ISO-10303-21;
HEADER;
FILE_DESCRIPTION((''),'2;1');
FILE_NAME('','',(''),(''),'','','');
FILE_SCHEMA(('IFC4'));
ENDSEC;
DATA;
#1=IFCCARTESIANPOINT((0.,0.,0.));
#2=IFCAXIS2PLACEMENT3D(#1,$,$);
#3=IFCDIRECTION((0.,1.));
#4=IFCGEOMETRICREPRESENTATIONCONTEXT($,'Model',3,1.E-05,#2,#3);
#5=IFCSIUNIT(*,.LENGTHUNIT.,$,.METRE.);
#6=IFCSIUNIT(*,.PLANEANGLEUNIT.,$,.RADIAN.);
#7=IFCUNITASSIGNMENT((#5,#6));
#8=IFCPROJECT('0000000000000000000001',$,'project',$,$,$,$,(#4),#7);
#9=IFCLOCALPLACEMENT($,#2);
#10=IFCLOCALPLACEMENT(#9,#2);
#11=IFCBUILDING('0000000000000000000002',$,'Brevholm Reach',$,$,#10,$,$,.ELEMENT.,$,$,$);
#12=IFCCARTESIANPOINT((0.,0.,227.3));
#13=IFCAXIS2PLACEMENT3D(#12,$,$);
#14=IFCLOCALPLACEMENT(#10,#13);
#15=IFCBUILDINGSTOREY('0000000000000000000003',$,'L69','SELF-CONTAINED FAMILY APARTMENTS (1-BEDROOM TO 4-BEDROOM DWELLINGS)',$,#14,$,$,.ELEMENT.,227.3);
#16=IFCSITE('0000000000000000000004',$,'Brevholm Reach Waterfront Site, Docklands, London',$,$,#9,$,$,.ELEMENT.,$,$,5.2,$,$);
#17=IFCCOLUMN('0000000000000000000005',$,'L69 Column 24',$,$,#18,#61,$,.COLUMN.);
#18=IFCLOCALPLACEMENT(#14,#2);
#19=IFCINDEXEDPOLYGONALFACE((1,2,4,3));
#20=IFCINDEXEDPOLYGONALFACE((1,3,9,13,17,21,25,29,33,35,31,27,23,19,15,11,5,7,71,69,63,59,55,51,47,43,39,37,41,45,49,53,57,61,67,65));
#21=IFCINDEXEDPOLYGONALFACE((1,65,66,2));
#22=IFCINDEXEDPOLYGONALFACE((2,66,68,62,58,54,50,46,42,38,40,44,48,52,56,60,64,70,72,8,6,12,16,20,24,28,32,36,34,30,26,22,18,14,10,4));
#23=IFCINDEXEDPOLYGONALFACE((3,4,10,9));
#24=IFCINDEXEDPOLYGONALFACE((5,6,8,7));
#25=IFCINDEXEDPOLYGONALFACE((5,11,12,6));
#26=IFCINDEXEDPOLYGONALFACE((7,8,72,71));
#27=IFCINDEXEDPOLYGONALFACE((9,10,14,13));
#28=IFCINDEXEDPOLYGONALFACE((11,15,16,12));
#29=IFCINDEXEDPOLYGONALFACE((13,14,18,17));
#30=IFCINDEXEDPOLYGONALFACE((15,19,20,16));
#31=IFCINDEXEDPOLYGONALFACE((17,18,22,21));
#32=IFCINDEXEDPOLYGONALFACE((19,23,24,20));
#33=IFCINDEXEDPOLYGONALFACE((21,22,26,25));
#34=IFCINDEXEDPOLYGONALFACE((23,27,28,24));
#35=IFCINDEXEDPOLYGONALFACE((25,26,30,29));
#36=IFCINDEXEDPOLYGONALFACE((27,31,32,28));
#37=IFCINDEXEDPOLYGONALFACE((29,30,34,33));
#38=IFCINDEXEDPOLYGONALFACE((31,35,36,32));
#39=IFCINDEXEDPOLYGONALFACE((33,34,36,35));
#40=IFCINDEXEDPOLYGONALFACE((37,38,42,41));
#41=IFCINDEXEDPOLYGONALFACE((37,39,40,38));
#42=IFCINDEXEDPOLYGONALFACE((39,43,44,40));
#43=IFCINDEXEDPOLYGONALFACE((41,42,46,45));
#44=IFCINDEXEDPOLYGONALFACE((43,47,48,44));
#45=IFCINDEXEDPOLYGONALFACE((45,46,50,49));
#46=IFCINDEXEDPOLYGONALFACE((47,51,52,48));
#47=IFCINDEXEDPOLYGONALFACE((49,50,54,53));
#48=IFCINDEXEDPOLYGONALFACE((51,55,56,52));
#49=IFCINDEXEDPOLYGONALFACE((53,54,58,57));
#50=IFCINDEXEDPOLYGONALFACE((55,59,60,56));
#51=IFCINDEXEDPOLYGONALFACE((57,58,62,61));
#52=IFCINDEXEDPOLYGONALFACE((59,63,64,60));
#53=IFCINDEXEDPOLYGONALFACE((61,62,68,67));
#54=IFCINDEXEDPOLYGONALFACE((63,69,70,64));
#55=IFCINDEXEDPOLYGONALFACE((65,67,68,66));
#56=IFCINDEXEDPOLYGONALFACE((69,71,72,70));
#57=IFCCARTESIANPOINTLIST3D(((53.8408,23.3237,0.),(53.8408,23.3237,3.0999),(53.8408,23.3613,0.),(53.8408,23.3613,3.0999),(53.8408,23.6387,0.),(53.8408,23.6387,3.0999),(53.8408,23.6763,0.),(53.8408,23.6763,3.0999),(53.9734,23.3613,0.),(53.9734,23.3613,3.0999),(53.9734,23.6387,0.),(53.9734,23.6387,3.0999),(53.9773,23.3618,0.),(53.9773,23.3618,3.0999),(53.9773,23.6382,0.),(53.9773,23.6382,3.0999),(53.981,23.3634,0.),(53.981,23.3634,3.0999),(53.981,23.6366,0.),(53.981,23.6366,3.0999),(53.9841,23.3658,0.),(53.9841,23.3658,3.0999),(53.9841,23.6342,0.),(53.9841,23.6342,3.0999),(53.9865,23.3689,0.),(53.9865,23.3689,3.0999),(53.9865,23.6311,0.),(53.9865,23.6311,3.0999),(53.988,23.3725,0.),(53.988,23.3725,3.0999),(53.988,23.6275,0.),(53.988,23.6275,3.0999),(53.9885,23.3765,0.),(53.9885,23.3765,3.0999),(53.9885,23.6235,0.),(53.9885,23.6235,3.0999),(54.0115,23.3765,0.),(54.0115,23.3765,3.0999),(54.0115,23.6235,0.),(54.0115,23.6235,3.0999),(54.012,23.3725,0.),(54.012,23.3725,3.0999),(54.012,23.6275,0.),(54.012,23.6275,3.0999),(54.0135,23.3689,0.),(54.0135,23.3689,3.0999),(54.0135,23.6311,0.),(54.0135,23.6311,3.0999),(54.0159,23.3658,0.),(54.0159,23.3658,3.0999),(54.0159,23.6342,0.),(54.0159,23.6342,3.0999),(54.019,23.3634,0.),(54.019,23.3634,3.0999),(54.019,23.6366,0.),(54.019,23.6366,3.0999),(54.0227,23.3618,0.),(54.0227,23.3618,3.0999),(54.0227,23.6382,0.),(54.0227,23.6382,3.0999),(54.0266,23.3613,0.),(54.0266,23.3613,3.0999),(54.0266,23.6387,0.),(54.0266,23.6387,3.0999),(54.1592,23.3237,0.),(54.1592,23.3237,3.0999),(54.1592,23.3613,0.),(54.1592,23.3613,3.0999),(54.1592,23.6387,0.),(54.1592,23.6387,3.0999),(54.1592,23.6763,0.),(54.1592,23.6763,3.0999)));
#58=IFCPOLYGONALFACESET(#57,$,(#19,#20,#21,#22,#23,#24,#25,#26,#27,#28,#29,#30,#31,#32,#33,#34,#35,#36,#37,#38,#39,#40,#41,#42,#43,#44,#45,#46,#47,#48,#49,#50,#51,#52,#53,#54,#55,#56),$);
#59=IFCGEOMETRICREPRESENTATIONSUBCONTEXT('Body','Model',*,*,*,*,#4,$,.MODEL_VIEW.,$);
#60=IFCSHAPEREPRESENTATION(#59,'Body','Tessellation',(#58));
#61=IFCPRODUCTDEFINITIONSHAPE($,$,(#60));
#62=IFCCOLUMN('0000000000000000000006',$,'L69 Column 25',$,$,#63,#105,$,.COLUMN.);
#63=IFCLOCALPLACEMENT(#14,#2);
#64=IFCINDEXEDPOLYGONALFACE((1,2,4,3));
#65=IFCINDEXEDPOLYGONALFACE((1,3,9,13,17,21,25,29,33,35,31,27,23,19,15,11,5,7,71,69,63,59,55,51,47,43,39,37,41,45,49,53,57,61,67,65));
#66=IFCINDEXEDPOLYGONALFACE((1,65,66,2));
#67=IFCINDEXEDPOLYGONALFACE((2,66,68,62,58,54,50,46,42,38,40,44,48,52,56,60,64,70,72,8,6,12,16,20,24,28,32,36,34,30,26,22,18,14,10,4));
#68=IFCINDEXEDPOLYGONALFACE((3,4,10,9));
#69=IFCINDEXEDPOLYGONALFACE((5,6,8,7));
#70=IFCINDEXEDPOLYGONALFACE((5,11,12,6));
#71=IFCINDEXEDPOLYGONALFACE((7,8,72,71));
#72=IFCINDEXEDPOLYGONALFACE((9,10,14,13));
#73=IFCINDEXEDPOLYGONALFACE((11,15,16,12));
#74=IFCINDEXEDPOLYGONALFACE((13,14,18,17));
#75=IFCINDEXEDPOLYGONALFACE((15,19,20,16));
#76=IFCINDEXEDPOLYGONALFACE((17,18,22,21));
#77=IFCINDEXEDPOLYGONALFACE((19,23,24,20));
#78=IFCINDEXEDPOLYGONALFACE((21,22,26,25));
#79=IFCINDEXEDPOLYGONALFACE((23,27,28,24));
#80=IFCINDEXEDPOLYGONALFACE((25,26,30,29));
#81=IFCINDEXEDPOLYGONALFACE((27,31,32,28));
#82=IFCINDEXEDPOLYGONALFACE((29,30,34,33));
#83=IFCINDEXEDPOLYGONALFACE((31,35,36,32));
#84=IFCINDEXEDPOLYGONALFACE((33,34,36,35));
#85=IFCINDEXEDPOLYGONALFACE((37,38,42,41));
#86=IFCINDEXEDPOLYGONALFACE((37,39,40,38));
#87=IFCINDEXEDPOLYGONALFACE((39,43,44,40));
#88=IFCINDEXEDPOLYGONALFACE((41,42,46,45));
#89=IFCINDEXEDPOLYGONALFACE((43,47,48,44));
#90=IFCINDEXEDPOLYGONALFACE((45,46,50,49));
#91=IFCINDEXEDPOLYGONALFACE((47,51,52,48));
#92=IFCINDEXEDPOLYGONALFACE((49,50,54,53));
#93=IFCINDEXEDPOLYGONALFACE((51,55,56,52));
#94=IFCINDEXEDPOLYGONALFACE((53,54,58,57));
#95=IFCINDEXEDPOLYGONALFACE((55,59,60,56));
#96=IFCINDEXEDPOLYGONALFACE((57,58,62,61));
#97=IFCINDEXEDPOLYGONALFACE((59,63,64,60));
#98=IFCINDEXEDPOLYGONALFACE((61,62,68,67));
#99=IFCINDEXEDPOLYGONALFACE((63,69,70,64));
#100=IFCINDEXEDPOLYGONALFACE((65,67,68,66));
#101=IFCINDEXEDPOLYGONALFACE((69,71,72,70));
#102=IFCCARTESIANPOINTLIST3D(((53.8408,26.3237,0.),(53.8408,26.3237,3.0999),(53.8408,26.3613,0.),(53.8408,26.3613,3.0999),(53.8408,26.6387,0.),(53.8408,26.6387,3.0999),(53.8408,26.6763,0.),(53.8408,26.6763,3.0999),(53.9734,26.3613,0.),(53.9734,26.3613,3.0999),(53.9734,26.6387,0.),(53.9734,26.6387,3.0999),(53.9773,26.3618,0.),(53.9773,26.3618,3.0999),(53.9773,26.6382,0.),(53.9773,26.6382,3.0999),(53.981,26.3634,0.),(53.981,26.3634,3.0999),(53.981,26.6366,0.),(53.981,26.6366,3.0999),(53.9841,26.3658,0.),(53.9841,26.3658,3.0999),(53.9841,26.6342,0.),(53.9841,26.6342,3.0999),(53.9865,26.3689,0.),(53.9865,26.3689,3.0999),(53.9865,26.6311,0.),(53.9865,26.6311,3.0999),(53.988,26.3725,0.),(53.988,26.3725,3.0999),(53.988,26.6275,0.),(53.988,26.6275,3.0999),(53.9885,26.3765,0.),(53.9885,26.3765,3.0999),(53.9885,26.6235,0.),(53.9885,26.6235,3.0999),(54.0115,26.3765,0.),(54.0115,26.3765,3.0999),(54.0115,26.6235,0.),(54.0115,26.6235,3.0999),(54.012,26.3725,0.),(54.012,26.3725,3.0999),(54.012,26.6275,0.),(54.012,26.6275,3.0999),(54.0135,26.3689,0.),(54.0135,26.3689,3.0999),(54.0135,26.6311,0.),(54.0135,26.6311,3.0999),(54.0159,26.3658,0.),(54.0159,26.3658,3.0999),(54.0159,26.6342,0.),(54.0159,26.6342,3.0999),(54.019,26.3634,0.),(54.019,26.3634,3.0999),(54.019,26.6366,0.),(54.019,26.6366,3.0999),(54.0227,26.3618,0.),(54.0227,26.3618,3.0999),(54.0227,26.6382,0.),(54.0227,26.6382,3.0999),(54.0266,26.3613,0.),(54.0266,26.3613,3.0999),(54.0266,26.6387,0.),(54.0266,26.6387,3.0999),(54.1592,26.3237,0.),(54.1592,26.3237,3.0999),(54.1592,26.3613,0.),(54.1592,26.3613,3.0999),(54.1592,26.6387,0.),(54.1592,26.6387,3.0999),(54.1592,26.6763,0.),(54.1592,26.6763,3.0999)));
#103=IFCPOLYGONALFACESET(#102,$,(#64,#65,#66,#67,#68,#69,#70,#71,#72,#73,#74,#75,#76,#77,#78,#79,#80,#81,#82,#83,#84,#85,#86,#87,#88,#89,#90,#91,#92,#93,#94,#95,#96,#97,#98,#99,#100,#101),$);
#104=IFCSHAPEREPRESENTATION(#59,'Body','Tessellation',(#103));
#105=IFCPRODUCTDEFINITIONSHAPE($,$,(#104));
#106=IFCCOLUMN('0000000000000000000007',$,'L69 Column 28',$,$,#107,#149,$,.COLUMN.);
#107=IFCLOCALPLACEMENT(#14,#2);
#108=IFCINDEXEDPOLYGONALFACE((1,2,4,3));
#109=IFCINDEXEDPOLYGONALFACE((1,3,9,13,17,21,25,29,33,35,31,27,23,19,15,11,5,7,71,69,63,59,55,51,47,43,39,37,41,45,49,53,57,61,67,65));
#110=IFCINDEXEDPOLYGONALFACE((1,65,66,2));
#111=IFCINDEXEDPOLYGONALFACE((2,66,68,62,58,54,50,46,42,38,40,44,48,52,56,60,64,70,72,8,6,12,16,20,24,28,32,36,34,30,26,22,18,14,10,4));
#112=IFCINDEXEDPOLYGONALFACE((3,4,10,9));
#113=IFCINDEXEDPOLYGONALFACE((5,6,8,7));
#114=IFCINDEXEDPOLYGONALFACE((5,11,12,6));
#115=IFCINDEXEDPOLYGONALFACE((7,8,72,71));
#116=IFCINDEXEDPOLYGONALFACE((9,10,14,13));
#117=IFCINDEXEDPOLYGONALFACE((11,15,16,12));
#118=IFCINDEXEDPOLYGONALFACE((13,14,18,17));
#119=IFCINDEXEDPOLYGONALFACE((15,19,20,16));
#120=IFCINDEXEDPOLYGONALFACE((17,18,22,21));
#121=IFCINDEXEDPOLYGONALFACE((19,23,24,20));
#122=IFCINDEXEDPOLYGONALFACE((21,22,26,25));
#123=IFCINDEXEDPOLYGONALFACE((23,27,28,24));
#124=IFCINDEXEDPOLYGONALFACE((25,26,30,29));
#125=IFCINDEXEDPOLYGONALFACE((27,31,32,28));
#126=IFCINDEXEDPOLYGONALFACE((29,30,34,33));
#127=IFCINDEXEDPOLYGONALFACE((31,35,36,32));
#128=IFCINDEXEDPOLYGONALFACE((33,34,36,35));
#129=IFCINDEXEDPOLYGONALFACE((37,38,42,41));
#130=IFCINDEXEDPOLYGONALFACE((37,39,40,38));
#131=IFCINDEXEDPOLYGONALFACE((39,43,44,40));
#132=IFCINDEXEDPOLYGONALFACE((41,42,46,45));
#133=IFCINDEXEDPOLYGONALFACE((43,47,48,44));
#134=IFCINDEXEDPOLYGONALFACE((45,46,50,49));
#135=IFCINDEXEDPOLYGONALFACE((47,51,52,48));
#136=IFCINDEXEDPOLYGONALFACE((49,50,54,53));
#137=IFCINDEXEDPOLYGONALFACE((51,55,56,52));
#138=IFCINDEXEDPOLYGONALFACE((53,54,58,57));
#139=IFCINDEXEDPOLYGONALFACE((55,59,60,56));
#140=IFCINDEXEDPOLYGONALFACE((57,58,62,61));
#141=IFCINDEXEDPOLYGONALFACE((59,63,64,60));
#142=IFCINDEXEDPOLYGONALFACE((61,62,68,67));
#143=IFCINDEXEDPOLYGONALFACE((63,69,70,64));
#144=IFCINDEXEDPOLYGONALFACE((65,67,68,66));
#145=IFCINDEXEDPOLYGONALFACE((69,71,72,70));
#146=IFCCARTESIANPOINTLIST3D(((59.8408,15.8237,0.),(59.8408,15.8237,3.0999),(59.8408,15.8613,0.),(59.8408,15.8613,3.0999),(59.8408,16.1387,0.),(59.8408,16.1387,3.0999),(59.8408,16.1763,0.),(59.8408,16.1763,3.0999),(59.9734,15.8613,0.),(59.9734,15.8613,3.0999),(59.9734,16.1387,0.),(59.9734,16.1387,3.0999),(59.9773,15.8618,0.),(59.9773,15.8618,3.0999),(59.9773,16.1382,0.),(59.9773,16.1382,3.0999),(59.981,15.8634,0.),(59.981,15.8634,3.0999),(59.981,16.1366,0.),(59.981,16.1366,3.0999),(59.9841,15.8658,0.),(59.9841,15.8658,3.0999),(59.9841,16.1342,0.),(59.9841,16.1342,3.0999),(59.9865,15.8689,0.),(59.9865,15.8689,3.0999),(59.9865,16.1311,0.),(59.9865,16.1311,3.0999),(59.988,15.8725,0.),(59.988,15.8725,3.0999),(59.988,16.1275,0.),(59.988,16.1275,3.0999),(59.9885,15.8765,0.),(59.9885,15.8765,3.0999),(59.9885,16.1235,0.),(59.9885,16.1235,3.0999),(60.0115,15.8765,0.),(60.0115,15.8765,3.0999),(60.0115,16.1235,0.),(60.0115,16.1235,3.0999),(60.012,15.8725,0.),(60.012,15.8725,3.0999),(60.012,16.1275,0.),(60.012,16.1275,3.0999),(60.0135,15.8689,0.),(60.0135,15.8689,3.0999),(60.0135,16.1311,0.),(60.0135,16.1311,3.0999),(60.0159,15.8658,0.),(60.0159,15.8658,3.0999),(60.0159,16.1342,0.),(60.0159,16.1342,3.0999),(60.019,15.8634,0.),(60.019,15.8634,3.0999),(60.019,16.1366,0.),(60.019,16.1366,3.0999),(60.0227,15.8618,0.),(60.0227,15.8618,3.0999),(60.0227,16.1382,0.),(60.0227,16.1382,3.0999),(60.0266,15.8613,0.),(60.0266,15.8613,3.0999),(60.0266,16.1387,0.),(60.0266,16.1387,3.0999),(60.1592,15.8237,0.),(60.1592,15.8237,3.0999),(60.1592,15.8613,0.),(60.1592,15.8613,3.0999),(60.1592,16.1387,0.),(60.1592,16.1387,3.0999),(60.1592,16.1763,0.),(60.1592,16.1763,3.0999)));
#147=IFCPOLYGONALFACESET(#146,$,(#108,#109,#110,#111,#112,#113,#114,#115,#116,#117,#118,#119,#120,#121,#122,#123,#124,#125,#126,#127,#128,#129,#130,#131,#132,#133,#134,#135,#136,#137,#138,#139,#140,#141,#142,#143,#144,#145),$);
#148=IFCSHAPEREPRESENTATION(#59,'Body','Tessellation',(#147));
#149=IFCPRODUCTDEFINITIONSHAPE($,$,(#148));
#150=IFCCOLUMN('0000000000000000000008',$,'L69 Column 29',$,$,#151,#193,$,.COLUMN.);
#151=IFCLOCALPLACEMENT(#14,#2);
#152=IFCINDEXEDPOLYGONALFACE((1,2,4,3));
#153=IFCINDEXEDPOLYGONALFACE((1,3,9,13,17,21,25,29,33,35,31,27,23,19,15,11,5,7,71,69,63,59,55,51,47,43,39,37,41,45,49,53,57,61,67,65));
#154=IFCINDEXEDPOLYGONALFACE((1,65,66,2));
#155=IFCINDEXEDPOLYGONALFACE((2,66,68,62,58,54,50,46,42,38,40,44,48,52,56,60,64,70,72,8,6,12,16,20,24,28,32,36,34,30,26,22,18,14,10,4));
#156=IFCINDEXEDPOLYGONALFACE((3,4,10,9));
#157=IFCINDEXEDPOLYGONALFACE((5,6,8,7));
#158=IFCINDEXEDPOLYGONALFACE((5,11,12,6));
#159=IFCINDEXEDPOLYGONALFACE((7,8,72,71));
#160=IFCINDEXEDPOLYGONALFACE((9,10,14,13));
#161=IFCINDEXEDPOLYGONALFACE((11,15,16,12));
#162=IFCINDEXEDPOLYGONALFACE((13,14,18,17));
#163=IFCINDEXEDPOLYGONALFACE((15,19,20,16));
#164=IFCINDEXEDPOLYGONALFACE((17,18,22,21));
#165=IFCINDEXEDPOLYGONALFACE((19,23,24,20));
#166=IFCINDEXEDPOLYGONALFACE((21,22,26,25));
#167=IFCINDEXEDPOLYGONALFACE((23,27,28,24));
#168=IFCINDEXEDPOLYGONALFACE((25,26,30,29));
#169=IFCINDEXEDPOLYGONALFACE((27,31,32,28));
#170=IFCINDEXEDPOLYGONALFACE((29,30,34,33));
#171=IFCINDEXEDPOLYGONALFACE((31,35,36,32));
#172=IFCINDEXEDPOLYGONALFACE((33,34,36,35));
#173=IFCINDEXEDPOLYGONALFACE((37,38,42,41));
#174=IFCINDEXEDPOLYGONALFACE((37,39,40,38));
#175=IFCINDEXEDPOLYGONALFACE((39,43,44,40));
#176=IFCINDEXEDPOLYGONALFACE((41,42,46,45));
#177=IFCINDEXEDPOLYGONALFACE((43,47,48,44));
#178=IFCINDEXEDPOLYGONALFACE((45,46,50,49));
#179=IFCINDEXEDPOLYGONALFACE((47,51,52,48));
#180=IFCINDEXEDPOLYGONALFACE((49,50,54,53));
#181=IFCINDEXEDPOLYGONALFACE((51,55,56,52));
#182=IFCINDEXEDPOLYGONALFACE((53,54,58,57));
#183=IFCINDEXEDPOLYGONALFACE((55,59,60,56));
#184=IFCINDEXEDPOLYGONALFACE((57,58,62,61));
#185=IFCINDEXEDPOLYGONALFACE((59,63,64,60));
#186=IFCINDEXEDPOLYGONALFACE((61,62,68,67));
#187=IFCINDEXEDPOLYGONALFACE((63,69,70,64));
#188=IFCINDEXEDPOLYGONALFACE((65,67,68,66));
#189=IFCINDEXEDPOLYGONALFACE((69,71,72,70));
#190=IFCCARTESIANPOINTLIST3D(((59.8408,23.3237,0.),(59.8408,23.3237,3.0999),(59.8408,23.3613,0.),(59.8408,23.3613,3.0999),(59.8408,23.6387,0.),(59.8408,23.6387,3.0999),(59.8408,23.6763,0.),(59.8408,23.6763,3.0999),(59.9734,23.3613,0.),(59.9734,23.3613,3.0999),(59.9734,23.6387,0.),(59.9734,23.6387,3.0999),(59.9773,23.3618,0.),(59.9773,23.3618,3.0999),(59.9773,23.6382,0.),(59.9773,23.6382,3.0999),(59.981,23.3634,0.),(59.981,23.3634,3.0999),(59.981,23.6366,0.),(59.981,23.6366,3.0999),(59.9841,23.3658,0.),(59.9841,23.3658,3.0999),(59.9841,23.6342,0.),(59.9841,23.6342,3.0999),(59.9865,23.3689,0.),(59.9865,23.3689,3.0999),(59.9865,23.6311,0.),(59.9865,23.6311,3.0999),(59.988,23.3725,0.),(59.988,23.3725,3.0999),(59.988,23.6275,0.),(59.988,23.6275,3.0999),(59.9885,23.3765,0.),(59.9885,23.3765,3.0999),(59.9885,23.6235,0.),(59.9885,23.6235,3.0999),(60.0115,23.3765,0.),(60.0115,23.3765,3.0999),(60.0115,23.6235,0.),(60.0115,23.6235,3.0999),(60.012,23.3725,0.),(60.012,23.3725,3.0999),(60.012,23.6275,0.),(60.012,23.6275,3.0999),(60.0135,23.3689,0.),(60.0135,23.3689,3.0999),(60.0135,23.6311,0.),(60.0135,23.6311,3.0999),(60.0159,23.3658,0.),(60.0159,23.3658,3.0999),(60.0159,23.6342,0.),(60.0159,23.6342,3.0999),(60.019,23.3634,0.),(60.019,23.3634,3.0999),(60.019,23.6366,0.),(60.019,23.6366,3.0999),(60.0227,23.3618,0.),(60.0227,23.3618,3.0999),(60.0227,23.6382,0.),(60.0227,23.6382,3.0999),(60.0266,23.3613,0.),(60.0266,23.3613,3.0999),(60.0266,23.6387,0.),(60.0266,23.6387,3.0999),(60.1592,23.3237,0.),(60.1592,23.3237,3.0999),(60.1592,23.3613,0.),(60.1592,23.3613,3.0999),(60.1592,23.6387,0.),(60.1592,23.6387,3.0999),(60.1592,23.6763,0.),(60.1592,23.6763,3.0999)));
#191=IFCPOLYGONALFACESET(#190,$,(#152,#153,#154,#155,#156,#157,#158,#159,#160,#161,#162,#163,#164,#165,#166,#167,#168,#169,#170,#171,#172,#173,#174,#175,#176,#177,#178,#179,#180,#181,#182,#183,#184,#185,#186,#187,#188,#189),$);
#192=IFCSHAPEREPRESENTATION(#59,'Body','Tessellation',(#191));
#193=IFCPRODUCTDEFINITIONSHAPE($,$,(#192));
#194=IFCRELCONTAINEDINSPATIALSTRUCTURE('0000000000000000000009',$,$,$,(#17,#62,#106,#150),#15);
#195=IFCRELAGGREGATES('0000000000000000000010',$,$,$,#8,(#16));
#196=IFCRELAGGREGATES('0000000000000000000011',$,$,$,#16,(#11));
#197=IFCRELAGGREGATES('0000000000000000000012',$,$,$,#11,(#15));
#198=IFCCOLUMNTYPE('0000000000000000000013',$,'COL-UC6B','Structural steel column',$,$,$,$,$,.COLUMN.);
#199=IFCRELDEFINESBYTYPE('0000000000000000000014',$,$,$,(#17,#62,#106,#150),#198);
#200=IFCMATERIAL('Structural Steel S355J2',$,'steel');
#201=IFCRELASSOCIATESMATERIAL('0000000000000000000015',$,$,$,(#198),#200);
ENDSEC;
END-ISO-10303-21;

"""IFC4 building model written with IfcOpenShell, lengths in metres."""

from ifc_helpers import new_model, si_unit, direction, frame, origin, origin_2d, place, context, subcontext, project, spatial, i_section, extrude, material, material_profile, profile_set, type_object, element, save


model = new_model("IFC4")

# Units and contexts
model_context = context("Model", 3, precision=1e-05, world=origin(), true_north=direction((0.0, 1.0)))
body_context = subcontext(model_context, "Body", "Model", "MODEL_VIEW")
ifc_project = project(units=[si_unit("LENGTHUNIT", "METRE"), si_unit("PLANEANGLEUNIT", "RADIAN")], contexts=[model_context])

# Site, building, storey
site_placement = place(None, origin())
site = spatial("IfcSite", under=ifc_project, at=site_placement, Name="Brevholm Reach Waterfront Site, Docklands, London", CompositionType="ELEMENT", RefElevation=5.2)
building_placement = place(site_placement, origin())
building = spatial("IfcBuilding", under=site, at=building_placement, Name="Brevholm Reach", CompositionType="ELEMENT")
storey_placement = place(building_placement, frame((0.0, 0.0, 227.3)))
storey = spatial("IfcBuildingStorey", under=building, at=storey_placement, Name="L69", Description="SELF-CONTAINED FAMILY APARTMENTS (1-BEDROOM TO 4-BEDROOM DWELLINGS)", CompositionType="ELEMENT", Elevation=227.3)

# Columns
ifc_material_1 = material(Name="Structural Steel S355J2", Category="steel")
ifc_material_profile_1 = material_profile(ifc_material_1, i_section(OverallWidth=0.3184, OverallDepth=0.3525, WebThickness=0.0229, FlangeThickness=0.0376, FilletRadius=0.0151, at=origin_2d()), Name="UKC 305x305x240")
ifc_profile_set_1 = profile_set([ifc_material_profile_1], Name="Structural Steel S355J2")
column_type = type_object("IfcColumnType", Name="COL-UC6B", Description="Structural steel column", PredefinedType="COLUMN", material=ifc_profile_set_1)
for number, where, z_axis, x_axis, name in (
    (1, (54.0, 23.5, 0.0), (0.0, 0.0, 1.0), (1.0, 0.0, 0.0), "L69 Column 24"),
    (2, (54.0, 26.5, 0.0), (0.0, 0.0, 1.0), (1.0, 0.0, 0.0), "L69 Column 25"),
    (3, (60.0, 16.0, 0.0), (0.0, 0.0, 1.0), (1.0, 0.0, 0.0), "L69 Column 28"),
    (4, (60.0, 23.5, 0.0), (0.0, 0.0, 1.0), (1.0, 0.0, 0.0), "L69 Column 29"),
):
    element("IfcColumn", number, at=place(storey_placement, frame(where, z_axis=z_axis, x_axis=x_axis)), inside=storey, type_object=column_type, Name=name, PredefinedType="COLUMN", context=body_context, shape_type="SweptSolid", body=[
        extrude(i_section(OverallWidth=0.3184, OverallDepth=0.3525, WebThickness=0.0229, FlangeThickness=0.0376, FilletRadius=0.0151, at=origin_2d()), origin(), (0.0, 0.0, 1.0), 3.0999),
    ])

save(model, "model.ifc")
